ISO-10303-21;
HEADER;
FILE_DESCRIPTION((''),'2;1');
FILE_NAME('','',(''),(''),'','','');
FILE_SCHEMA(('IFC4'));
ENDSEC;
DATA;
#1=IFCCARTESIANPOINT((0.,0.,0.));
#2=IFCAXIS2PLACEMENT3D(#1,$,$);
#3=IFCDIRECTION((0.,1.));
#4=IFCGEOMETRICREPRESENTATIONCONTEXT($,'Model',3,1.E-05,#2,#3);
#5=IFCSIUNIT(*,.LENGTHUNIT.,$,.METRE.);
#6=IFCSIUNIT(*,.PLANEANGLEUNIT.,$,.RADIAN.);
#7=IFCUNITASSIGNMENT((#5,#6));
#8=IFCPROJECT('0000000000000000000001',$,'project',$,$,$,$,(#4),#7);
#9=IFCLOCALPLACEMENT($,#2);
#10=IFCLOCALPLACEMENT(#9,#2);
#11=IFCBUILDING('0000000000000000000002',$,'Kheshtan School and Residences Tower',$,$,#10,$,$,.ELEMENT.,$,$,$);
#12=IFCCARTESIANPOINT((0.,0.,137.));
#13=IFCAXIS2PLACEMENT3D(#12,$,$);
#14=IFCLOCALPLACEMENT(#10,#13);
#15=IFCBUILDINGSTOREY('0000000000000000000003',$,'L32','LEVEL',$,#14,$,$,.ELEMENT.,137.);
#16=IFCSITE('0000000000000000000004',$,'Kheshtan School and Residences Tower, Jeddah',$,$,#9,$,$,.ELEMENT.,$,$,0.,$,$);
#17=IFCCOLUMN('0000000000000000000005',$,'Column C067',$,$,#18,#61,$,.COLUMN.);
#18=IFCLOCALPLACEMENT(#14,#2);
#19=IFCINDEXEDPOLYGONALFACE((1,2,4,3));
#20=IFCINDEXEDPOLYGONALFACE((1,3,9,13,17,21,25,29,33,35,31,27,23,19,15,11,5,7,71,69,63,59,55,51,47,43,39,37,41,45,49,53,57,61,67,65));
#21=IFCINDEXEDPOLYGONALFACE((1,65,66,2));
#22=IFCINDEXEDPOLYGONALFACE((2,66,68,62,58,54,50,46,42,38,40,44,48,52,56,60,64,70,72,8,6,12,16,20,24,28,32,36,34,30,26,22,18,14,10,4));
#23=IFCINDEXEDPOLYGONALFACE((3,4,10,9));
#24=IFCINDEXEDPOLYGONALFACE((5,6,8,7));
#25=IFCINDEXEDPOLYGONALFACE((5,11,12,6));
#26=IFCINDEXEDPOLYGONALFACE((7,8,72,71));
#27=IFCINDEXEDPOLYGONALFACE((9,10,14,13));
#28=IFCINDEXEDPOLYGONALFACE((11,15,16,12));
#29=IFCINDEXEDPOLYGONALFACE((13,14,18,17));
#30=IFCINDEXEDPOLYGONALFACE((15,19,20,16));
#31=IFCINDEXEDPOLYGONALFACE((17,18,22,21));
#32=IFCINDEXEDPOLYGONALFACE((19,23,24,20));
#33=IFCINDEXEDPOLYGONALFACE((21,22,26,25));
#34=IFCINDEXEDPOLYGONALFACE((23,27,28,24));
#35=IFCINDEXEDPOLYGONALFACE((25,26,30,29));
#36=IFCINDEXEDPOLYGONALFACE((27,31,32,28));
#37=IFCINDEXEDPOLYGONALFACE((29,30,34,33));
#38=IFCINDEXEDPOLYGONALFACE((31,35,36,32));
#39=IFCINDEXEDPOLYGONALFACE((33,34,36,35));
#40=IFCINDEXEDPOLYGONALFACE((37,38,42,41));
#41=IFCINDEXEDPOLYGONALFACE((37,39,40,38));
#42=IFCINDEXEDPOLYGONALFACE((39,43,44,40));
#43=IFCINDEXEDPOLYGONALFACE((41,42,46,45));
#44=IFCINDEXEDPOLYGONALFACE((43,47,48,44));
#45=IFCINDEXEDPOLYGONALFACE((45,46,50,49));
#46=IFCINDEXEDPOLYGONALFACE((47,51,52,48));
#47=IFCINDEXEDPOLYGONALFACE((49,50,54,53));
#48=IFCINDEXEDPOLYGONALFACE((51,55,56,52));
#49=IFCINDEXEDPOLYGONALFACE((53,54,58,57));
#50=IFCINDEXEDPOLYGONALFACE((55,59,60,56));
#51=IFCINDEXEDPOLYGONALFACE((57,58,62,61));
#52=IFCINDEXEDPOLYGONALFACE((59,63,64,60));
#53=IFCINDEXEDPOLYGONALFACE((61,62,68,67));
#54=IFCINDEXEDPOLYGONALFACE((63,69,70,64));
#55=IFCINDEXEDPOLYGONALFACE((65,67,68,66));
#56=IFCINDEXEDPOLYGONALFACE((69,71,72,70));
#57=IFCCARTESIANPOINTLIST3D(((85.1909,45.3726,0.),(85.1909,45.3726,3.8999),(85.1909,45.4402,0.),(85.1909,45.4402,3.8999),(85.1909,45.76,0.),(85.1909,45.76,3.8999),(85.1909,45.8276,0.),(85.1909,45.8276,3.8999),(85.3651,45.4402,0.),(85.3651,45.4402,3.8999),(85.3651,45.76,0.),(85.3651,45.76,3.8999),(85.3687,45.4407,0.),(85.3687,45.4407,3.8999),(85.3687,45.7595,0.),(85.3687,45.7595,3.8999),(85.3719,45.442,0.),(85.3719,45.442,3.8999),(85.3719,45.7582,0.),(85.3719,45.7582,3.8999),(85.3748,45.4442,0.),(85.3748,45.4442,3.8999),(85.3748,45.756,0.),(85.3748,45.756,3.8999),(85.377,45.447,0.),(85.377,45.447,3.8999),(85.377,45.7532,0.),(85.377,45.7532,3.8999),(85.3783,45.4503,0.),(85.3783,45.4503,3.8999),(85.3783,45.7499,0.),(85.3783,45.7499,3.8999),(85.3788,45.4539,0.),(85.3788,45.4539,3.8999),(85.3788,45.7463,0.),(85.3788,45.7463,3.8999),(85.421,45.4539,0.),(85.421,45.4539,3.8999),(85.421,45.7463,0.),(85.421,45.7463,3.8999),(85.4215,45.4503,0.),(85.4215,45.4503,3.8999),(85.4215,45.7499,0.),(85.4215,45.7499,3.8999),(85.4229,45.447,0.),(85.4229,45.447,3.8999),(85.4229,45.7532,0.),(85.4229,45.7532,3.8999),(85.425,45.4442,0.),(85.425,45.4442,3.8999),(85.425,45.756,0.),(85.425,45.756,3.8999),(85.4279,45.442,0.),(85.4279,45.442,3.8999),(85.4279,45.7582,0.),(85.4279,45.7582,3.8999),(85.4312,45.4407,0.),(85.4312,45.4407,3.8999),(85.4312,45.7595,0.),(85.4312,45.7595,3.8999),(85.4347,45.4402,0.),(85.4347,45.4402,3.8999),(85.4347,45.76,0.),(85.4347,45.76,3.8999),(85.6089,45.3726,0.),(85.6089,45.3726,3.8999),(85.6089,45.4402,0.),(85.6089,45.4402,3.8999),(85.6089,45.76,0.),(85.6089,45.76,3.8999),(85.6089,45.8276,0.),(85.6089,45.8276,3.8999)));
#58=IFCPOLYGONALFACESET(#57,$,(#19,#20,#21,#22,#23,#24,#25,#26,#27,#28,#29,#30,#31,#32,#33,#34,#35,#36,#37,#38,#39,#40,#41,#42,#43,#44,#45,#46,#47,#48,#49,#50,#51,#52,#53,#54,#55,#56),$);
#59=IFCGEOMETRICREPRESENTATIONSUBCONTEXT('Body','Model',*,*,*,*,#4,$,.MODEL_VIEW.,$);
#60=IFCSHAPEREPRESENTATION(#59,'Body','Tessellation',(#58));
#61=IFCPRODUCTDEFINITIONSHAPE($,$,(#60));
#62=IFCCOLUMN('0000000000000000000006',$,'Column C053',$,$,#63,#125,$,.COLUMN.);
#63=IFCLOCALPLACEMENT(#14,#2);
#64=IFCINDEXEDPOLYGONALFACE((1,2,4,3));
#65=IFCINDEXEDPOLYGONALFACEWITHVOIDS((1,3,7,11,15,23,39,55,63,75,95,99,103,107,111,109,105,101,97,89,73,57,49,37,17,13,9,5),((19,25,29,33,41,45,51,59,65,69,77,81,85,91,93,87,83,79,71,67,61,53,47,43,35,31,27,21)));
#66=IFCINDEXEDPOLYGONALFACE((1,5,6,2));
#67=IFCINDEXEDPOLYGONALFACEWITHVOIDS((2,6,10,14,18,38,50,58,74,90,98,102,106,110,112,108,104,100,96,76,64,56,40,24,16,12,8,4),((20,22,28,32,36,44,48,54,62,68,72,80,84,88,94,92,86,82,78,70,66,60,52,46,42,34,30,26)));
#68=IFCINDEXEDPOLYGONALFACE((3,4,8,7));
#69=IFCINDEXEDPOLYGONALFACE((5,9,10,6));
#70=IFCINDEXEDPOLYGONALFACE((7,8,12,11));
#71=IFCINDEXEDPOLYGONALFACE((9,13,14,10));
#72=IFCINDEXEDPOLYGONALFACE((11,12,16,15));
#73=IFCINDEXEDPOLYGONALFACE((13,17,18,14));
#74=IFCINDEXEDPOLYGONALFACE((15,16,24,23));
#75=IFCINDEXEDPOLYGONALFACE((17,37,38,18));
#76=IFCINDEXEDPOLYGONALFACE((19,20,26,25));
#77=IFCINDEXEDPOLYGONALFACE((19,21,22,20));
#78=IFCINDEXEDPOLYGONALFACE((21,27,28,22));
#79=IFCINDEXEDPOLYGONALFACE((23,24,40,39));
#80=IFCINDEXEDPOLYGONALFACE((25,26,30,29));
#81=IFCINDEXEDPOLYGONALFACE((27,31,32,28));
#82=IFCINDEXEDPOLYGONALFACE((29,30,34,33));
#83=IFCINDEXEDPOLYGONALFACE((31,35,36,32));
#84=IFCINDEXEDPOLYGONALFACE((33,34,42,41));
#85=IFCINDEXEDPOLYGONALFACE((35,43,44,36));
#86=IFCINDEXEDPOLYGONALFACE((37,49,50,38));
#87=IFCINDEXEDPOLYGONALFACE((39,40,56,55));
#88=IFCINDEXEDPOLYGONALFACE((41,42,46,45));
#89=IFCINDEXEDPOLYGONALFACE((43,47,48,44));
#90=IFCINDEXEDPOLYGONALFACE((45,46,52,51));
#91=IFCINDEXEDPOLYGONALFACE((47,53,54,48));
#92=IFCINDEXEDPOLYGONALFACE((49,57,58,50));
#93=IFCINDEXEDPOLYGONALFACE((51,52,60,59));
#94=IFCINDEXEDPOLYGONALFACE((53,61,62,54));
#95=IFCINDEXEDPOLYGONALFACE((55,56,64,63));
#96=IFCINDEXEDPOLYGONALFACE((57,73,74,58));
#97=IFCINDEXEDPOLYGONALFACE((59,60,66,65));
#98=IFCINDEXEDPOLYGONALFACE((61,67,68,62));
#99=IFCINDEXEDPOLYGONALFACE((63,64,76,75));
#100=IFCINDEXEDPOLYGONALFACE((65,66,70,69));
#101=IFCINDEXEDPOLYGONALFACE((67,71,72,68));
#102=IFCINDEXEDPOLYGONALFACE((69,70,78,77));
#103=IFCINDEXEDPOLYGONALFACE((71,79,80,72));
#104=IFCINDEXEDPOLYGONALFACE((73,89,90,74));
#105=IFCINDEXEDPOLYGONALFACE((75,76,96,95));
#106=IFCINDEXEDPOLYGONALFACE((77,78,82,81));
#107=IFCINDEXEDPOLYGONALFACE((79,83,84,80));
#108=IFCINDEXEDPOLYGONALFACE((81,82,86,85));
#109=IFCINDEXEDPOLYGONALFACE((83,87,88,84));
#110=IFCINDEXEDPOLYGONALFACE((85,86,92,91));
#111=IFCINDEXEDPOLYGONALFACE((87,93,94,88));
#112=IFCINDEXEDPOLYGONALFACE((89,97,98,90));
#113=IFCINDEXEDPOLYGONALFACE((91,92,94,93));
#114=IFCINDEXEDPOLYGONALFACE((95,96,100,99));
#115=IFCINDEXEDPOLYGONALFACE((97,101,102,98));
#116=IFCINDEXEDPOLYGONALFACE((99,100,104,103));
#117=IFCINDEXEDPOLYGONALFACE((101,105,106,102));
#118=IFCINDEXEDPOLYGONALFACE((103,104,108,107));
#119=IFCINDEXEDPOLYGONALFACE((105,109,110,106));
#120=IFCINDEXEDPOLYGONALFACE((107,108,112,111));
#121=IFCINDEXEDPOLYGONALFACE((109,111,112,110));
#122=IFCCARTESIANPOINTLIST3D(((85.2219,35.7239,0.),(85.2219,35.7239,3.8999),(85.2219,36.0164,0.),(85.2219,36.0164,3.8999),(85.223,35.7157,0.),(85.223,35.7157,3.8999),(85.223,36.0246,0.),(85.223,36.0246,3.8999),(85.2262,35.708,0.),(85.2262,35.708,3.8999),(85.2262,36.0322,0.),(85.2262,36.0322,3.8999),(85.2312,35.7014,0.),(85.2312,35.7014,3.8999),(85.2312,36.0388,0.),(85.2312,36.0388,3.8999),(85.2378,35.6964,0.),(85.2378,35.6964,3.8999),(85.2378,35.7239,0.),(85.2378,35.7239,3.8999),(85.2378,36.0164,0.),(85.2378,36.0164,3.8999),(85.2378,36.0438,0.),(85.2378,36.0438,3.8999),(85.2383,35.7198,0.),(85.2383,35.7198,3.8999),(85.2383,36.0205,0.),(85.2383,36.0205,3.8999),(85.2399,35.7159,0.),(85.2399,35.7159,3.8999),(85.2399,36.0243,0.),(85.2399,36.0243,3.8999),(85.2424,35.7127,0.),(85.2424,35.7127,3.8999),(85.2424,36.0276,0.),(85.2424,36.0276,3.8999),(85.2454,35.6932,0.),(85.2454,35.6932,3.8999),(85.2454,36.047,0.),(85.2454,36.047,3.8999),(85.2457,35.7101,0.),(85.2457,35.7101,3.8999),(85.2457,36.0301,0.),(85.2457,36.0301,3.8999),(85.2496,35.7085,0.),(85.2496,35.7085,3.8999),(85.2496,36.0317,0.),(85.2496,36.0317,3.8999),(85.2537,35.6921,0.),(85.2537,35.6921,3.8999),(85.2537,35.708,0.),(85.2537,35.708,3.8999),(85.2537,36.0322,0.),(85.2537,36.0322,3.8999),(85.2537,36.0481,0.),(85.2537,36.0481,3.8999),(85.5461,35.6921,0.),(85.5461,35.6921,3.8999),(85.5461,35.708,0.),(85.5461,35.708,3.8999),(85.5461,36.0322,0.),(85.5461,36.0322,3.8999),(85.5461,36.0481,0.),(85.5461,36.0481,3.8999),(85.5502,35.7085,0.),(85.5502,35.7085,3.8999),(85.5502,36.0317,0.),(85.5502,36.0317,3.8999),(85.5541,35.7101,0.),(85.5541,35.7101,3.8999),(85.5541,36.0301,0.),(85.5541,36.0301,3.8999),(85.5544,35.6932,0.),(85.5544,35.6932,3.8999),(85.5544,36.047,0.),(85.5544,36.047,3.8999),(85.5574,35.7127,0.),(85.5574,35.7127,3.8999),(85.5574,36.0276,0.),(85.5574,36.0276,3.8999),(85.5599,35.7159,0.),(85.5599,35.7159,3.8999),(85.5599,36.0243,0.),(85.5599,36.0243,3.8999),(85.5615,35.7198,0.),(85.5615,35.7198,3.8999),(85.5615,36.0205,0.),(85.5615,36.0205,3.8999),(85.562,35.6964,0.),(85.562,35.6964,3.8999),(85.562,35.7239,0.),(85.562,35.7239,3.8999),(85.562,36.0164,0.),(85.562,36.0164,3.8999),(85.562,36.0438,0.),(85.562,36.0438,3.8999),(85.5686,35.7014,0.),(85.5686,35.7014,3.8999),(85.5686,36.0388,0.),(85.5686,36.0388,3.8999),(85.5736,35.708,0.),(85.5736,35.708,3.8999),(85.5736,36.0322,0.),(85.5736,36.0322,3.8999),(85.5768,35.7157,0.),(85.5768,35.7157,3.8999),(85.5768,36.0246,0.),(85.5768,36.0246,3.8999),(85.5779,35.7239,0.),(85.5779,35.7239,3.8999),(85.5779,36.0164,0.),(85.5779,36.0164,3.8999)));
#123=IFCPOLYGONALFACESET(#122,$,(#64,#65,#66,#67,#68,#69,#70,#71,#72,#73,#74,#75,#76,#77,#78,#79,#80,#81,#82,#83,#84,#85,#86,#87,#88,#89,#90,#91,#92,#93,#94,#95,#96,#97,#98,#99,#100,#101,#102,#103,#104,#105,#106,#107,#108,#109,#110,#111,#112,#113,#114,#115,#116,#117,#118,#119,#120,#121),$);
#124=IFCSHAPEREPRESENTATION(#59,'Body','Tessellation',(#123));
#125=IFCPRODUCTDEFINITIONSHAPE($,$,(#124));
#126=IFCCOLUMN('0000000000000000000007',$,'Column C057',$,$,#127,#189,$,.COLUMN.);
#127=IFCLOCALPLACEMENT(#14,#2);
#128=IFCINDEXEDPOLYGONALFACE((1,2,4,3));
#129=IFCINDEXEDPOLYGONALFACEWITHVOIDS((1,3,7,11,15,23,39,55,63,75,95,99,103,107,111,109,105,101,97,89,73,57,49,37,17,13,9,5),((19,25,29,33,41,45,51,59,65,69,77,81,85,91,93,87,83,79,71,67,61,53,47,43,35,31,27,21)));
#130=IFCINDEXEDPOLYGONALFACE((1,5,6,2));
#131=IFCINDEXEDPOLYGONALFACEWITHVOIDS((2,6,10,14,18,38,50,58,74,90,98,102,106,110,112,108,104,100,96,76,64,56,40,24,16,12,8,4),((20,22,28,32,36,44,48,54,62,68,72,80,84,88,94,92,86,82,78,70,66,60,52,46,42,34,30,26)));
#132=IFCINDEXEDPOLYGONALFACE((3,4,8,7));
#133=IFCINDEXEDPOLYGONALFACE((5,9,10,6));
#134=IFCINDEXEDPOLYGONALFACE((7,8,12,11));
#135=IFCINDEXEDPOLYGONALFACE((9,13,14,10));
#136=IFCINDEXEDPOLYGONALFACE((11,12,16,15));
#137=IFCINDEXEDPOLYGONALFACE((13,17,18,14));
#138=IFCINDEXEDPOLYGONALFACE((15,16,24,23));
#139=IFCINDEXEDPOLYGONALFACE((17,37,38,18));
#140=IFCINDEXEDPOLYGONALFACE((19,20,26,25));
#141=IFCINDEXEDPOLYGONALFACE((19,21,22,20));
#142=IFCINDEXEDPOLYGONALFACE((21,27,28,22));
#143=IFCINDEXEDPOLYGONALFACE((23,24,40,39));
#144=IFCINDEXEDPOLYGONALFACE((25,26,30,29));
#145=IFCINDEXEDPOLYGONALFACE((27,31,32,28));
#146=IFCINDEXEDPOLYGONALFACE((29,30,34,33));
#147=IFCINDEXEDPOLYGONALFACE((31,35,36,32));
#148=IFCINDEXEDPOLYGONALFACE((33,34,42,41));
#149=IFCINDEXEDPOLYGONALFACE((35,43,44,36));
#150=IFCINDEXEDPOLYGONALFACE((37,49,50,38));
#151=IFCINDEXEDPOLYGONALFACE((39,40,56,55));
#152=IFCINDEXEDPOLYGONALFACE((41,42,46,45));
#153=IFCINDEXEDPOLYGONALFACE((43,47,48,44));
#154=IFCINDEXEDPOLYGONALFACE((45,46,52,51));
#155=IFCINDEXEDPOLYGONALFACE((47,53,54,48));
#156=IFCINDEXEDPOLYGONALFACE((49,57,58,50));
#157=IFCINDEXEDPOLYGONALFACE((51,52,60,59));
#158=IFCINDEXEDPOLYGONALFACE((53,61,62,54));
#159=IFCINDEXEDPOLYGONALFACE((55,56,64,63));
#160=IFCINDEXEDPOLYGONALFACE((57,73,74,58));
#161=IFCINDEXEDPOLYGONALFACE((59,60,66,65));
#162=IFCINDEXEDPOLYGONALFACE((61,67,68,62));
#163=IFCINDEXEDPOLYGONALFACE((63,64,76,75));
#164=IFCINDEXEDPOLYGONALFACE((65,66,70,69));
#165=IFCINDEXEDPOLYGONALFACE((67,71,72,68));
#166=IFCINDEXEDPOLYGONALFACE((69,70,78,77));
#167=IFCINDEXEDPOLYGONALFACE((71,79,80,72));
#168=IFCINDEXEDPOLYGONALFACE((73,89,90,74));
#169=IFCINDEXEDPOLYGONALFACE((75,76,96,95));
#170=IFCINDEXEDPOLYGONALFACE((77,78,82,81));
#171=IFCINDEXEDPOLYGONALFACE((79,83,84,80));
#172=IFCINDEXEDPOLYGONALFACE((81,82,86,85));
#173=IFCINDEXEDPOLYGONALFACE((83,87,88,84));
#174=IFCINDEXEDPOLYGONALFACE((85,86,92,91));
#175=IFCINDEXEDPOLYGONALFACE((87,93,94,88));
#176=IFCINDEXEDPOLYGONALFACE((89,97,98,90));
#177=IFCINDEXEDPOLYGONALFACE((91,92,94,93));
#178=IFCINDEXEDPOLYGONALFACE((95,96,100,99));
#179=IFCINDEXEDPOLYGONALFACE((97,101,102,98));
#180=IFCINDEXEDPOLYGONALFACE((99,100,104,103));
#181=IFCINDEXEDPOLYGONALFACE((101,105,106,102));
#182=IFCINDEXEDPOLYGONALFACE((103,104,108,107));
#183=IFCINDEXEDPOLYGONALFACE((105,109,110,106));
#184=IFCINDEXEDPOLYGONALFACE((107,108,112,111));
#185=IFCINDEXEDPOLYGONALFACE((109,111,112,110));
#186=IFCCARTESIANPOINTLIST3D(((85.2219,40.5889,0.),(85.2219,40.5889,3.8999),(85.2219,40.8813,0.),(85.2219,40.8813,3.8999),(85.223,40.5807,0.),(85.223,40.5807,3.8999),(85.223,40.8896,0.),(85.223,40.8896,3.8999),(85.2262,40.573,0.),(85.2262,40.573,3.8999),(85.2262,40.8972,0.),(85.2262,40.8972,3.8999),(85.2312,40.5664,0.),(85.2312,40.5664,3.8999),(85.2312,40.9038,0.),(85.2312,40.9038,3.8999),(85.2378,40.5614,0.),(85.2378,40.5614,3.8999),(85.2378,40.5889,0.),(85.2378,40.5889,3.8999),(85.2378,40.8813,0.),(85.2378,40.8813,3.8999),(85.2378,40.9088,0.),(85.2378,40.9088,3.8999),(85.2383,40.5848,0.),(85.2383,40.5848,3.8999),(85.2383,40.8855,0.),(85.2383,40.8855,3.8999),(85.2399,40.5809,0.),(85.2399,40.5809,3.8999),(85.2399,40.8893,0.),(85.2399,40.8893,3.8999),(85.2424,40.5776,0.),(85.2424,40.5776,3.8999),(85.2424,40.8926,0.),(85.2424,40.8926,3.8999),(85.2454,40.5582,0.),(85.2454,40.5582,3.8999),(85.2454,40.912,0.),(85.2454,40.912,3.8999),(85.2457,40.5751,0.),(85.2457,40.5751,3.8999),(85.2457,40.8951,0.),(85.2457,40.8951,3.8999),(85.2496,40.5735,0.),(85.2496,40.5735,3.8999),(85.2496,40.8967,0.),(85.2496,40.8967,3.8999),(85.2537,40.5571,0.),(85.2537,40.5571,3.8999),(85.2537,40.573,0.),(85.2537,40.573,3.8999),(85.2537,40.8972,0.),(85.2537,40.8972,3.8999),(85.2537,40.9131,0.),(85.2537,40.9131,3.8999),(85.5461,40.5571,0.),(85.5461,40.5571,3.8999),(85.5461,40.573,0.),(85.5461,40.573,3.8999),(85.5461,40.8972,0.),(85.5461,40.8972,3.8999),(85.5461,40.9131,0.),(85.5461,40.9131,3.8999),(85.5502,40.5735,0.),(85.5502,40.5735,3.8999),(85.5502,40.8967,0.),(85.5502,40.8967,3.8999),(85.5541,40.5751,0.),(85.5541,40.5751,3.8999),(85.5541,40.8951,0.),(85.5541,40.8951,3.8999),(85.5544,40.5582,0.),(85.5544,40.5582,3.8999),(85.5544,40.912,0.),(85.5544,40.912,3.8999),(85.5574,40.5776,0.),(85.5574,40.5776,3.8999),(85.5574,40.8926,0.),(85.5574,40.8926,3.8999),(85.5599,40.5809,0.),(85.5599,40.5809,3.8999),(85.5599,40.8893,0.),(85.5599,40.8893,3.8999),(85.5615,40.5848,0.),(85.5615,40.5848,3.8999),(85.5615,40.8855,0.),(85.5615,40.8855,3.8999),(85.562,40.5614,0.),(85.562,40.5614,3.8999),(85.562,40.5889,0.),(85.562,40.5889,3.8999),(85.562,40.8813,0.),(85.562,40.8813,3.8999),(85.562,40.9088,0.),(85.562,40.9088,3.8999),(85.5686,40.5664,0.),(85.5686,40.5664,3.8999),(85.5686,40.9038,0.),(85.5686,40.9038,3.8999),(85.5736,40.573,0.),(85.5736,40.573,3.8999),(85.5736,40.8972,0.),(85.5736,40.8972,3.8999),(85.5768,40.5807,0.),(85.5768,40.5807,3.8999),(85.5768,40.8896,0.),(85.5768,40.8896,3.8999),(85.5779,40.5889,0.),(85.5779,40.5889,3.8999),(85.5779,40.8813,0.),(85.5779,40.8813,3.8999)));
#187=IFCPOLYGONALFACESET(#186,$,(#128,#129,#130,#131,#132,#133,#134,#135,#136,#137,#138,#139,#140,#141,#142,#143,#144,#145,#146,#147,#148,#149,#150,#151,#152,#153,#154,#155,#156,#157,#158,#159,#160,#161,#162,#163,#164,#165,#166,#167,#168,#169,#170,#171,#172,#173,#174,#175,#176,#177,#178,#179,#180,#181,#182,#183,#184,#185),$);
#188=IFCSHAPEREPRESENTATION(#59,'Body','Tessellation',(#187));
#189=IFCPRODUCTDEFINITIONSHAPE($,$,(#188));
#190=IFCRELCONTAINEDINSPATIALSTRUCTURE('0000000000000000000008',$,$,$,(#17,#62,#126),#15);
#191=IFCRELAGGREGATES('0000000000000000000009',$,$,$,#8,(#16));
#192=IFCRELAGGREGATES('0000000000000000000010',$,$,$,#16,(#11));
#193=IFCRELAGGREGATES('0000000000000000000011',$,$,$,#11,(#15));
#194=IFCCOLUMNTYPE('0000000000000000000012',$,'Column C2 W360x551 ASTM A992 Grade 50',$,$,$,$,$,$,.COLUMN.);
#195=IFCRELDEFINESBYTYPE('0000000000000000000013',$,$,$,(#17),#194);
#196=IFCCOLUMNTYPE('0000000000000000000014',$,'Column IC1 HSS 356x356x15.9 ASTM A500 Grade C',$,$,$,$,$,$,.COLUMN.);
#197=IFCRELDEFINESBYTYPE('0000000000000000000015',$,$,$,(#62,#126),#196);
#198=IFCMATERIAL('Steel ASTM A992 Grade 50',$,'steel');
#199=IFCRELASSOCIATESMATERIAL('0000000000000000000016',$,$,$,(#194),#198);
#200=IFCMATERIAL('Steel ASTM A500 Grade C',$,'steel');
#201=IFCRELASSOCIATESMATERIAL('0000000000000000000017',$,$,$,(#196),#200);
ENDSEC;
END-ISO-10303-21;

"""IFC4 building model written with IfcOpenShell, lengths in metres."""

from ifc_helpers import new_model, si_unit, direction, frame, origin, origin_2d, place, context, subcontext, project, spatial, hollow_rectangle, i_section, extrude, material, material_profile, profile_set, type_object, element, save


model = new_model("IFC4")

# Units and contexts
model_context = context("Model", 3, precision=1e-05, world=origin(), true_north=direction((0.0, 1.0)))
body_context = subcontext(model_context, "Body", "Model", "MODEL_VIEW")
ifc_project = project(units=[si_unit("LENGTHUNIT", "METRE"), si_unit("PLANEANGLEUNIT", "RADIAN")], contexts=[model_context])

# Site, building, storey
site_placement = place(None, origin())
site = spatial("IfcSite", under=ifc_project, at=site_placement, Name="Kheshtan School and Residences Tower, Jeddah", CompositionType="ELEMENT", RefElevation=0.0)
building_placement = place(site_placement, origin())
building = spatial("IfcBuilding", under=site, at=building_placement, Name="Kheshtan School and Residences Tower", CompositionType="ELEMENT")
storey_placement = place(building_placement, frame((0.0, 0.0, 137.0)))
storey = spatial("IfcBuildingStorey", under=building, at=storey_placement, Name="L32", Description="LEVEL", CompositionType="ELEMENT", Elevation=137.0)

# Columns
ifc_material_1 = material(Name="Steel ASTM A992 Grade 50", Category="steel")
ifc_material_profile_1 = material_profile(ifc_material_1, i_section(OverallWidth=0.418, OverallDepth=0.4551, WebThickness=0.0422, FlangeThickness=0.0676, FilletRadius=0.0137, at=origin_2d()), Name="W360x551")
ifc_profile_set_1 = profile_set([ifc_material_profile_1], Name="Steel ASTM A992 Grade 50")
column_type_1 = type_object("IfcColumnType", Name="Column C2 W360x551 ASTM A992 Grade 50", PredefinedType="COLUMN", material=ifc_profile_set_1)
column_placement = place(storey_placement, frame((85.3999, 45.6001, 0.0), z_axis=(0.0, 0.0, 1.0), x_axis=(1.0, 0.0, 0.0)))
element("IfcColumn", 1, at=column_placement, inside=storey, type_object=column_type_1, Name="Column C067", PredefinedType="COLUMN", context=body_context, shape_type="SweptSolid", body=[
    extrude(i_section(OverallWidth=0.418, OverallDepth=0.4551, WebThickness=0.0422, FlangeThickness=0.0676, FilletRadius=0.0137, at=origin_2d()), origin(), (0.0, 0.0, 1.0), 3.8999),
])
ifc_material_2 = material(Name="Steel ASTM A500 Grade C", Category="steel")
ifc_material_profile_2 = material_profile(ifc_material_2, hollow_rectangle(XDim=0.356, YDim=0.356, WallThickness=0.0159, InnerFilletRadius=0.0159, OuterFilletRadius=0.0317, at=origin_2d()), Name="HSS 356x356x15.9")
ifc_profile_set_2 = profile_set([ifc_material_profile_2], Name="Steel ASTM A500 Grade C")
column_type_2 = type_object("IfcColumnType", Name="Column IC1 HSS 356x356x15.9 ASTM A500 Grade C", PredefinedType="COLUMN", material=ifc_profile_set_2)
for number, where, z_axis, x_axis, name in (
    (2, (85.3999, 35.8701, 0.0), (0.0, 0.0, 1.0), (1.0, 0.0, 0.0), "Column C053"),
    (3, (85.3999, 40.7351, 0.0), (0.0, 0.0, 1.0), (1.0, 0.0, 0.0), "Column C057"),
):
    element("IfcColumn", number, at=place(storey_placement, frame(where, z_axis=z_axis, x_axis=x_axis)), inside=storey, type_object=column_type_2, Name=name, PredefinedType="COLUMN", context=body_context, shape_type="SweptSolid", body=[
        extrude(hollow_rectangle(XDim=0.356, YDim=0.356, WallThickness=0.0159, InnerFilletRadius=0.0159, OuterFilletRadius=0.0317, at=origin_2d()), origin(), (0.0, 0.0, 1.0), 3.8999),
    ])

save(model, "model.ifc")
